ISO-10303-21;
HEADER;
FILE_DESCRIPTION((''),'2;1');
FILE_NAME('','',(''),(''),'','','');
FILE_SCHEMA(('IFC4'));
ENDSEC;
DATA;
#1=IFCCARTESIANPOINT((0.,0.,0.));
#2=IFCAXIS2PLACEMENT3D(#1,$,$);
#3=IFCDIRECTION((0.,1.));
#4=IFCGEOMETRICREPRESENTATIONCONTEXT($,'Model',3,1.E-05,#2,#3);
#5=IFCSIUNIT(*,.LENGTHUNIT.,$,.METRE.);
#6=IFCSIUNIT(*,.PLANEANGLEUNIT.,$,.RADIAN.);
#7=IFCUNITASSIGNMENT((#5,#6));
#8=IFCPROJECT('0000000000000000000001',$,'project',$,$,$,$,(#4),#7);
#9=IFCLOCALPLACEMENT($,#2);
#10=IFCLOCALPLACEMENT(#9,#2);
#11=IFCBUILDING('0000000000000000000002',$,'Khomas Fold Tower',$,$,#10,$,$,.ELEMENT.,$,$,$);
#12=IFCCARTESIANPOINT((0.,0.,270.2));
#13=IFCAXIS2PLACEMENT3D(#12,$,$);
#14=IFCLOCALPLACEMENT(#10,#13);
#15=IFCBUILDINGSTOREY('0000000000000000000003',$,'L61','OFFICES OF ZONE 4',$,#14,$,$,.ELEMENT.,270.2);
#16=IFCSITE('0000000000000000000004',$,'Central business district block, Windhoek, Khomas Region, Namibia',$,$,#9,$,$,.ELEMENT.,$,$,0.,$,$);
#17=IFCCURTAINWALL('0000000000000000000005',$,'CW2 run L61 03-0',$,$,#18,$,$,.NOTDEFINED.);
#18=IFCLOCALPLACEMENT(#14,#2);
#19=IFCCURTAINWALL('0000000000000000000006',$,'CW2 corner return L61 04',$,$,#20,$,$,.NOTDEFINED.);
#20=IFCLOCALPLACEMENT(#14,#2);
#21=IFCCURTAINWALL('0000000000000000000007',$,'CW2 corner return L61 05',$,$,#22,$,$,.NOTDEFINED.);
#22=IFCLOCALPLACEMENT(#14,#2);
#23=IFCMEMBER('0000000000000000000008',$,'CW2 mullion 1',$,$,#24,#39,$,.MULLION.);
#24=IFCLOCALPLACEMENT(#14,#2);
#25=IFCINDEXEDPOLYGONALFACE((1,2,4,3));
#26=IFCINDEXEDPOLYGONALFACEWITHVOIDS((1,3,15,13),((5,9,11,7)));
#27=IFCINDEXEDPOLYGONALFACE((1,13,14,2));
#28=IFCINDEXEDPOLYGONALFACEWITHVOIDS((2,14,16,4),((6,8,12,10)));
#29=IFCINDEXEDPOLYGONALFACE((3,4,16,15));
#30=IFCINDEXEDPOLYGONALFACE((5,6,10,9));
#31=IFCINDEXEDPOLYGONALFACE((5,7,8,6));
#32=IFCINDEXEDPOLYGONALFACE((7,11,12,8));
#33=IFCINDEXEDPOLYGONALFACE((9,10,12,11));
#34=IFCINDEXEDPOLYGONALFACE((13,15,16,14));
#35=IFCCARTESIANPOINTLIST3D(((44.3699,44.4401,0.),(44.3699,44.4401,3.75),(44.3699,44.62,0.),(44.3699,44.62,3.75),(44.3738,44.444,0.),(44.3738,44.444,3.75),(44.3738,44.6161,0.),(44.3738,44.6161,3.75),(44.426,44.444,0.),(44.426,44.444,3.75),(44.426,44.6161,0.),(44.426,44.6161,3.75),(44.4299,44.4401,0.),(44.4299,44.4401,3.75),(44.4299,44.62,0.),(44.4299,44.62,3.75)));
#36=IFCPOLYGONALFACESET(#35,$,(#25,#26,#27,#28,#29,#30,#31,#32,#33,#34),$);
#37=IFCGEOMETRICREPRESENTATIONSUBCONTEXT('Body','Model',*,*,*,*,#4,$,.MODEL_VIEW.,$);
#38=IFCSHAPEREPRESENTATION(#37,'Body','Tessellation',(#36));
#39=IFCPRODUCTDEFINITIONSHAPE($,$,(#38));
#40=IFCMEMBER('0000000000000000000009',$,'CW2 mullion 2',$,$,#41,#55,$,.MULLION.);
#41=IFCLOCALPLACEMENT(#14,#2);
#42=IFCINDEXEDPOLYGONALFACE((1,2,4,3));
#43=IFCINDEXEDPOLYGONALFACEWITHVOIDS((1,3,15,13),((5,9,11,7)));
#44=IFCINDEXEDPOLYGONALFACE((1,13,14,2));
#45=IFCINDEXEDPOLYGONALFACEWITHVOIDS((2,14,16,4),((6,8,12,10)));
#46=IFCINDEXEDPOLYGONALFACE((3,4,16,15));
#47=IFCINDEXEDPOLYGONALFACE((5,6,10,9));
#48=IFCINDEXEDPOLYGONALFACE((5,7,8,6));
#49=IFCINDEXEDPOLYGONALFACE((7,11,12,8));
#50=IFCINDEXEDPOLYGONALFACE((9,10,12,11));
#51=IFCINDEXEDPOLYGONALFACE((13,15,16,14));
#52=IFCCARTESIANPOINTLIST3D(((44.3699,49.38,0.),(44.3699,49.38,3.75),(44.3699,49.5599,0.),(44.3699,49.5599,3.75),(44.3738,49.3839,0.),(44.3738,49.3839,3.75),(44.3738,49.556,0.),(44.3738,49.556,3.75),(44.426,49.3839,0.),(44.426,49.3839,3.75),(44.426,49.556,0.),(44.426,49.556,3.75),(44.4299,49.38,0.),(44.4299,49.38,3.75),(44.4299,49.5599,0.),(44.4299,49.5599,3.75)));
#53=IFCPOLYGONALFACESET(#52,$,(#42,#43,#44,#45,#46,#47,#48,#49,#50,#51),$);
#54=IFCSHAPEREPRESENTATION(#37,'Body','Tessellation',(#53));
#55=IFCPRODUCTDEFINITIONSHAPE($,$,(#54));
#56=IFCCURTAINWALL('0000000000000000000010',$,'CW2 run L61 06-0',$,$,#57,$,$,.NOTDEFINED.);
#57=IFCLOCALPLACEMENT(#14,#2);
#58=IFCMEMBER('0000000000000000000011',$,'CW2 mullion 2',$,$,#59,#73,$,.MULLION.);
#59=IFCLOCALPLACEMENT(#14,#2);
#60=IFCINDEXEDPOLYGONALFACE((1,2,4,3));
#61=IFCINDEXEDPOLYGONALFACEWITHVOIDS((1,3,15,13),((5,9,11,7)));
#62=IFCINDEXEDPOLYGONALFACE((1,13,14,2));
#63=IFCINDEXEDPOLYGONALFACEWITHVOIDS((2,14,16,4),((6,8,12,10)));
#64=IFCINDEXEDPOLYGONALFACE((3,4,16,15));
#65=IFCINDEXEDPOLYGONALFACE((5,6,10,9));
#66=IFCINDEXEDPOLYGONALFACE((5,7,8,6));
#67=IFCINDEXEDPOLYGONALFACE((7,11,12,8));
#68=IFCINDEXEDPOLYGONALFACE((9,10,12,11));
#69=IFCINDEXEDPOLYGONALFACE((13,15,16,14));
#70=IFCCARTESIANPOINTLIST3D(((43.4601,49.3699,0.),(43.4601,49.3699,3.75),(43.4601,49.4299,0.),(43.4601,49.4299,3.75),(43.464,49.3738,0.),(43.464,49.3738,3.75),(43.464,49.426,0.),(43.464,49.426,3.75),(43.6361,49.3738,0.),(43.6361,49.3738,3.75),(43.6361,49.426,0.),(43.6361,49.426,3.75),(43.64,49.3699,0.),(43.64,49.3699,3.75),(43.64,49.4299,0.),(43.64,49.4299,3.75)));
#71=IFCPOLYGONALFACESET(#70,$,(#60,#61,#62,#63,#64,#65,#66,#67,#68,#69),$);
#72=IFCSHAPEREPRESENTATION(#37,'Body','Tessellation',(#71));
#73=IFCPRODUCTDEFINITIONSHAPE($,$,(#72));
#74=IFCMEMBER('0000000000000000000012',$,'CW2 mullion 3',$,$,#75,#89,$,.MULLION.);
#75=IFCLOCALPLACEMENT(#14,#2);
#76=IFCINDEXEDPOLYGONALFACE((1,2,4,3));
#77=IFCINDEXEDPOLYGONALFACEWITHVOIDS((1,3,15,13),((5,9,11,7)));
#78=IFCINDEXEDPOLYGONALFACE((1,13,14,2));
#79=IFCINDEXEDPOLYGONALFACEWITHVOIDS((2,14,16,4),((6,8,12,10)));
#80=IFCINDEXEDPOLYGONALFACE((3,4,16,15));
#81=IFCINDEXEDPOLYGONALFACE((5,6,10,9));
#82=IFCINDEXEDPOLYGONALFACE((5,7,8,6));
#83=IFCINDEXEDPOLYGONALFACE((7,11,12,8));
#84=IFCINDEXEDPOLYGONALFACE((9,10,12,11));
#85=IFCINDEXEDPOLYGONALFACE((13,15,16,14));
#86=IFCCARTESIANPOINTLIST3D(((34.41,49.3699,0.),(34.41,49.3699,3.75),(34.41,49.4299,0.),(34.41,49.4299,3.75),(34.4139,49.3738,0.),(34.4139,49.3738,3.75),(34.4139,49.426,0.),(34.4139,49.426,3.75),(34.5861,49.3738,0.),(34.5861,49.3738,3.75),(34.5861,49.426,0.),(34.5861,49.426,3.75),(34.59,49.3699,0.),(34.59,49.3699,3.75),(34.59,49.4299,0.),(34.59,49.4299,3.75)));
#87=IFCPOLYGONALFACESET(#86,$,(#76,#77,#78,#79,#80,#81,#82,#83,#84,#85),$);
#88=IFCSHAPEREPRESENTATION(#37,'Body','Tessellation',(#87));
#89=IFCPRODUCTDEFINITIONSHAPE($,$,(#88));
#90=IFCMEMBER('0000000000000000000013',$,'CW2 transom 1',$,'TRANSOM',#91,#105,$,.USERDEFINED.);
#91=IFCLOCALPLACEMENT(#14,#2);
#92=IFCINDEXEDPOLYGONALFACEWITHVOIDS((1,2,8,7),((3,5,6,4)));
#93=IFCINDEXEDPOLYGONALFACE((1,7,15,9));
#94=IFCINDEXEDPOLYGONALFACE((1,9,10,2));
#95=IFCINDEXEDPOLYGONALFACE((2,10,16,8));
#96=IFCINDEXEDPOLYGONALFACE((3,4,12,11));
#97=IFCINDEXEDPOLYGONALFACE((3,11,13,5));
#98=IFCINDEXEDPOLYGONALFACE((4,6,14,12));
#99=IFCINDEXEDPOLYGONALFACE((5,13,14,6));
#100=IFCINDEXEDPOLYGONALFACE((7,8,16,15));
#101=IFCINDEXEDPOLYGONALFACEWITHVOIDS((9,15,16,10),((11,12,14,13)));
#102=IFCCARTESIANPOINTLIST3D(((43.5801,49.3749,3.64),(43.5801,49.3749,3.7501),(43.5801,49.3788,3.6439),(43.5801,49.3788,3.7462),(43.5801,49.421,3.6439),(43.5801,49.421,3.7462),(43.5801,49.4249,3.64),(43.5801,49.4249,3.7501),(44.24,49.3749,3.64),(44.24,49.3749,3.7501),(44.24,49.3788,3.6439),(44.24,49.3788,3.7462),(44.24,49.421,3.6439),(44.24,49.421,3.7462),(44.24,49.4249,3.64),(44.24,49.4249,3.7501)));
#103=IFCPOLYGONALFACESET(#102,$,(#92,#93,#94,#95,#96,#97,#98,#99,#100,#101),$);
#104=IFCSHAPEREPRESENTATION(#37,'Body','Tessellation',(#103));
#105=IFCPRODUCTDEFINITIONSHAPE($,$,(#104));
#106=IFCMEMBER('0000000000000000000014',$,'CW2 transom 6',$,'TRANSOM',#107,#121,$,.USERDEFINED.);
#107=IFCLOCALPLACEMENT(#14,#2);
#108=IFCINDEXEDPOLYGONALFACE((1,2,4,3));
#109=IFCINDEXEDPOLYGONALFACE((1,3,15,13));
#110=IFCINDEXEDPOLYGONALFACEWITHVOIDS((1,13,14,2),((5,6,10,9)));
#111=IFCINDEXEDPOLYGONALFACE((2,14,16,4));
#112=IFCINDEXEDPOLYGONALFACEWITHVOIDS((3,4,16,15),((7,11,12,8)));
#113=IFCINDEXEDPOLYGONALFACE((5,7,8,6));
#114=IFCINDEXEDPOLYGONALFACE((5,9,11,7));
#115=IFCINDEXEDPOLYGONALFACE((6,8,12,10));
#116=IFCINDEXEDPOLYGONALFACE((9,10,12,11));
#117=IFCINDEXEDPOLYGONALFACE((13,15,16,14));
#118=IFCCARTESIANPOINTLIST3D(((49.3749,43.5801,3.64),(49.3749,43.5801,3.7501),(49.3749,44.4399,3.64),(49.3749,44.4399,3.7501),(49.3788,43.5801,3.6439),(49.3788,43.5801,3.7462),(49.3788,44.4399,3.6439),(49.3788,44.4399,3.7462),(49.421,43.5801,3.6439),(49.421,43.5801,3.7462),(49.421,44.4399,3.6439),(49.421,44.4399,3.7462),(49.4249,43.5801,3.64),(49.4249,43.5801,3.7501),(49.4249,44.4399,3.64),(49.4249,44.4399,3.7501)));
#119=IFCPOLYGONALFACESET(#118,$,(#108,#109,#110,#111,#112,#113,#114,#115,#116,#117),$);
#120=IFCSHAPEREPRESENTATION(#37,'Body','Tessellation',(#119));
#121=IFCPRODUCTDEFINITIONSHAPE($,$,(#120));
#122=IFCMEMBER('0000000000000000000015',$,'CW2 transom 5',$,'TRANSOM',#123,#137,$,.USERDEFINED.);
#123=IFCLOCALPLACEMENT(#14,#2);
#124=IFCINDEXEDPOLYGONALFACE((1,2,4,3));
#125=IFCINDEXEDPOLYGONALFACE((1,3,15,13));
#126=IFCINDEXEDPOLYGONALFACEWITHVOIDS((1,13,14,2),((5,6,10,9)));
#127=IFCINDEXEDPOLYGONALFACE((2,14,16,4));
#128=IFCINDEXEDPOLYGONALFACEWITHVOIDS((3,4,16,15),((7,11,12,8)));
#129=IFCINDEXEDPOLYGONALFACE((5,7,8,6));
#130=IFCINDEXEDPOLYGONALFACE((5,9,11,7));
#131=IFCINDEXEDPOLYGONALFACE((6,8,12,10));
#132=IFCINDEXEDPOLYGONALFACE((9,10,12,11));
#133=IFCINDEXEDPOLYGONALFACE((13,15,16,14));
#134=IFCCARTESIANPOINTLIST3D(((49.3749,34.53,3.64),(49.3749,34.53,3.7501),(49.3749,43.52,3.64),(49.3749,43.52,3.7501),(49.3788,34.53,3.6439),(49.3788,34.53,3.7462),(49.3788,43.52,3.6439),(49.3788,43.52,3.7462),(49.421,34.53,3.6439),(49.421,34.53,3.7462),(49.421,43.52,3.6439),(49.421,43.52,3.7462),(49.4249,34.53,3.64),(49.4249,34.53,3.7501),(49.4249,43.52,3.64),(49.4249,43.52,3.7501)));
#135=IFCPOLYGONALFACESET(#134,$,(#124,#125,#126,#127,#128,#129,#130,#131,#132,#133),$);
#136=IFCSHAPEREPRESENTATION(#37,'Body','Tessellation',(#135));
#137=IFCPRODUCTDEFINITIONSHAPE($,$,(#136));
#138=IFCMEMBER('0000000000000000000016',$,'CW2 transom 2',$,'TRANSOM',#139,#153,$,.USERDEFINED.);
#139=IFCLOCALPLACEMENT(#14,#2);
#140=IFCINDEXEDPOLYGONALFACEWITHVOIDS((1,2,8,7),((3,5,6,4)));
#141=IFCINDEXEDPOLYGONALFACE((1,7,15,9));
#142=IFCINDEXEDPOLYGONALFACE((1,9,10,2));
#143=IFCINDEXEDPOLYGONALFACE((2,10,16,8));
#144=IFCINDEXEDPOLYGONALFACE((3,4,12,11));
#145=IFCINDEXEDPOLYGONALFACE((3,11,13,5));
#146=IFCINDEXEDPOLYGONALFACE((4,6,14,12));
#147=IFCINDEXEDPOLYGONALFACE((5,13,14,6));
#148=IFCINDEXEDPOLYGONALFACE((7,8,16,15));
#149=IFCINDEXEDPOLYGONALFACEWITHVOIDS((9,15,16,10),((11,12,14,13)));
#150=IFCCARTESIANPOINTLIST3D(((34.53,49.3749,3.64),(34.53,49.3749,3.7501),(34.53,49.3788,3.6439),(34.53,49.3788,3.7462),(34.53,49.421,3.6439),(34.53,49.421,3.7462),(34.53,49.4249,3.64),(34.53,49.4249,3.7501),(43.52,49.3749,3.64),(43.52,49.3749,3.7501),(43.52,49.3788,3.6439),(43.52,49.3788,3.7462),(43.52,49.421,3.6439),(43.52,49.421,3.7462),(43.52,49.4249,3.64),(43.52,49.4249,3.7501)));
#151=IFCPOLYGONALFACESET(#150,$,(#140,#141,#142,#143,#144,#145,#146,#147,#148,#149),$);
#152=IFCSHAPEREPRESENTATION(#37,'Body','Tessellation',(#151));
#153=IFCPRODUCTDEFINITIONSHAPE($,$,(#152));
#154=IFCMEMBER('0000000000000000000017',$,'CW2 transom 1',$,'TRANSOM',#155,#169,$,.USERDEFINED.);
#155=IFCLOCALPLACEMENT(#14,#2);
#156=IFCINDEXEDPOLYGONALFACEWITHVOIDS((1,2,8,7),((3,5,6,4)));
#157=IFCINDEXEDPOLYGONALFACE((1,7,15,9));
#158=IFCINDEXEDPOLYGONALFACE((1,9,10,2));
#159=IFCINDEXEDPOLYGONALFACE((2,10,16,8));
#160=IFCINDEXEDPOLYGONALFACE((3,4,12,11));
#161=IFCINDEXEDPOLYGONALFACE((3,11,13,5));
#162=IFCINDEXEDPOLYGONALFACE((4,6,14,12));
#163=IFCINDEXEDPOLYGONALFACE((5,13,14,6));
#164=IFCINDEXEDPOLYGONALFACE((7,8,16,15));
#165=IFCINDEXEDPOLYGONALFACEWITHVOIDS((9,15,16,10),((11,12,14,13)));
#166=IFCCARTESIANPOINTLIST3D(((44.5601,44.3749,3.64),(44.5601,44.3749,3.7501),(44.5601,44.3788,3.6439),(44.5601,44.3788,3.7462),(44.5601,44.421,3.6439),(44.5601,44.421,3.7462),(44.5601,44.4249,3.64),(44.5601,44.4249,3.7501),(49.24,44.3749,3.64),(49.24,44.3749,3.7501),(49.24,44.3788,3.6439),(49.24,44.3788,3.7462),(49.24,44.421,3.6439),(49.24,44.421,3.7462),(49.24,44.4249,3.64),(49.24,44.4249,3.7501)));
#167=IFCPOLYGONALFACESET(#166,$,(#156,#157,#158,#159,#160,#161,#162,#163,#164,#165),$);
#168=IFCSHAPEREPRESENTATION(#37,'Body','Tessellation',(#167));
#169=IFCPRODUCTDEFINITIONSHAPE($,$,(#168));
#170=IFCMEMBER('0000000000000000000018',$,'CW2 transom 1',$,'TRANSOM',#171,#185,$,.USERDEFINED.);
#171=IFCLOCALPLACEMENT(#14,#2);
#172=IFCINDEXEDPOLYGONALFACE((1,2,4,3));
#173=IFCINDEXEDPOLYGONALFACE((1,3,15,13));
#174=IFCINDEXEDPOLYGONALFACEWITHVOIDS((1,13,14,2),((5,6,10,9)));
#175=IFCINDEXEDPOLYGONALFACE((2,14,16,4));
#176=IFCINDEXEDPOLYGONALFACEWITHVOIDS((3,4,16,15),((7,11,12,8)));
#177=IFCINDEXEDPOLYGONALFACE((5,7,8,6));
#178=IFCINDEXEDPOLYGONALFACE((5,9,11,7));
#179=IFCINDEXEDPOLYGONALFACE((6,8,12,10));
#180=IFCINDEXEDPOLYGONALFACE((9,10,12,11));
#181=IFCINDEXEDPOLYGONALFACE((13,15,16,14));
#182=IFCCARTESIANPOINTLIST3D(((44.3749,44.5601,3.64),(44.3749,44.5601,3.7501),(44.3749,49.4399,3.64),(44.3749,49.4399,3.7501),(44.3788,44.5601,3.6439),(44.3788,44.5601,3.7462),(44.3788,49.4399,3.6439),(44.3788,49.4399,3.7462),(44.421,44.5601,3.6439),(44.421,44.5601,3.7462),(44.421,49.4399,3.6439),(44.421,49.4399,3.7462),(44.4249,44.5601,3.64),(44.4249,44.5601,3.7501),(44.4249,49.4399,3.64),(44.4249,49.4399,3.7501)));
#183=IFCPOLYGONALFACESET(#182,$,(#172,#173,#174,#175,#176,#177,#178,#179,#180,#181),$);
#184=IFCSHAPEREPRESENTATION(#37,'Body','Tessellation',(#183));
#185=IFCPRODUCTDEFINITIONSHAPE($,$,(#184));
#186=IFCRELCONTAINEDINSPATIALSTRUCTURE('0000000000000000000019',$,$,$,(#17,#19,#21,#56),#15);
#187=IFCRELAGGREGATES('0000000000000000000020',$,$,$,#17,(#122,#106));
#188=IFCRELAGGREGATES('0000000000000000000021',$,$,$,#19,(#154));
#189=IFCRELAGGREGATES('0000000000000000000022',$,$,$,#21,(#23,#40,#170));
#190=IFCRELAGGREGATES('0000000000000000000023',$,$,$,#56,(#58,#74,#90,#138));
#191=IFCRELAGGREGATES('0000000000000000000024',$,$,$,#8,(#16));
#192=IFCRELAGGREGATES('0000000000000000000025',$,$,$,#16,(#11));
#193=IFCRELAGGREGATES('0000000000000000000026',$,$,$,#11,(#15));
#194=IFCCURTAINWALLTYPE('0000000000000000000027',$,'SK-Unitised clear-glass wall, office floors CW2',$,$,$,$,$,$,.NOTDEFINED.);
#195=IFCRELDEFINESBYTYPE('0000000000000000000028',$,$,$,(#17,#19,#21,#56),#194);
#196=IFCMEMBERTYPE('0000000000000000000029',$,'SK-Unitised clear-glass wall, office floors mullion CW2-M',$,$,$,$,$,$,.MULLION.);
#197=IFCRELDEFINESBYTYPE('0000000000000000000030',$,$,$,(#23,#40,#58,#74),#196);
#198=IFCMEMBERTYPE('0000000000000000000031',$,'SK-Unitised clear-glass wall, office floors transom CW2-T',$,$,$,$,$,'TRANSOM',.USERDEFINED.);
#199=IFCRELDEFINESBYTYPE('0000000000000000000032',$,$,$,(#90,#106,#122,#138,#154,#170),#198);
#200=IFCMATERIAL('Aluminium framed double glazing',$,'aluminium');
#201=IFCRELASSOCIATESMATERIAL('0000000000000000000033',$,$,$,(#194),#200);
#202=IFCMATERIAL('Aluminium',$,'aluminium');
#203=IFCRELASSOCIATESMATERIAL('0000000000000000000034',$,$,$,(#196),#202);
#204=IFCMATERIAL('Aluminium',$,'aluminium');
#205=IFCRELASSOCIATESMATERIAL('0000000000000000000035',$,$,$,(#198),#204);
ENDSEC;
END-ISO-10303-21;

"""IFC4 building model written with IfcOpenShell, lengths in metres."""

from ifc_helpers import new_model, si_unit, direction, frame, origin, origin_2d, place, context, subcontext, project, spatial, hollow_rectangle, extrude, source, transform, mapped, material, material_profile, profile_set, type_object, element, aggregate, save


model = new_model("IFC4")

# Units and contexts
model_context = context("Model", 3, precision=1e-05, world=origin(), true_north=direction((0.0, 1.0)))
body_context = subcontext(model_context, "Body", "Model", "MODEL_VIEW")
ifc_project = project(units=[si_unit("LENGTHUNIT", "METRE"), si_unit("PLANEANGLEUNIT", "RADIAN")], contexts=[model_context])

# Site, building, storey
site_placement = place(None, origin())
site = spatial("IfcSite", under=ifc_project, at=site_placement, Name="Central business district block, Windhoek, Khomas Region, Namibia", CompositionType="ELEMENT", RefElevation=0.0)
building_placement = place(site_placement, origin())
building = spatial("IfcBuilding", under=site, at=building_placement, Name="Khomas Fold Tower", CompositionType="ELEMENT")
storey_placement = place(building_placement, frame((0.0, 0.0, 270.2)))
storey = spatial("IfcBuildingStorey", under=building, at=storey_placement, Name="L61", Description="OFFICES OF ZONE 4", CompositionType="ELEMENT", Elevation=270.2)

# Curtain walls, members
ifc_material_1 = material(Name="Aluminium framed double glazing", Category="aluminium")
curtain_wall_type = type_object("IfcCurtainWallType", Name="SK-Unitised clear-glass wall, office floors CW2", PredefinedType="NOTDEFINED", material=ifc_material_1)
curtain_wall_1_placement = place(storey_placement, origin())
curtain_wall_1 = element("IfcCurtainWall", 1, at=curtain_wall_1_placement, inside=storey, type_object=curtain_wall_type, Name="CW2 run L61 03-0", PredefinedType="NOTDEFINED")
ifc_material_2 = material(Name="Aluminium", Category="aluminium")
ifc_material_profile_1 = material_profile(ifc_material_2, hollow_rectangle(XDim=0.0601, YDim=0.1799, WallThickness=0.0039, at=origin_2d()), Name="SK-Unitised clear-glass wall, office floors mullion CW2-M")
ifc_profile_set_1 = profile_set([ifc_material_profile_1], Name="Aluminium")
member_type_1 = type_object("IfcMemberType", Name="SK-Unitised clear-glass wall, office floors mullion CW2-M", PredefinedType="MULLION", material=ifc_profile_set_1)
shared_shape_1 = source(origin(), body_context, "Body", "SweptSolid", [
    extrude(hollow_rectangle(XDim=0.0601, YDim=0.1799, WallThickness=0.0039, at=origin_2d()), origin(), (0.0, 0.0, 1.0), 3.75),
])
curtain_wall_2_placement = place(storey_placement, origin())
curtain_wall_2 = element("IfcCurtainWall", 2, at=curtain_wall_2_placement, inside=storey, type_object=curtain_wall_type, Name="CW2 corner return L61 04", PredefinedType="NOTDEFINED")
curtain_wall_3_placement = place(storey_placement, origin())
curtain_wall_3 = element("IfcCurtainWall", 3, at=curtain_wall_3_placement, inside=storey, type_object=curtain_wall_type, Name="CW2 corner return L61 05", PredefinedType="NOTDEFINED")
member_1_placement = place(storey_placement, frame((44.3999, 44.53, 0.0), z_axis=(0.0, 0.0, 1.0), x_axis=(-1.0, 0.0, 0.0)))
member_1 = element("IfcMember", 4, at=member_1_placement, type_object=member_type_1, Name="CW2 mullion 1", PredefinedType="MULLION", context=body_context, shape_type="MappedRepresentation", body=[
    mapped(shared_shape_1, transform((0.0, 0.0, 0.0))),
])
member_2_placement = place(storey_placement, frame((44.3999, 49.47, 0.0), z_axis=(0.0, 0.0, 1.0), x_axis=(-1.0, 0.0, 0.0)))
member_2 = element("IfcMember", 5, at=member_2_placement, type_object=member_type_1, Name="CW2 mullion 2", PredefinedType="MULLION", context=body_context, shape_type="MappedRepresentation", body=[
    mapped(shared_shape_1, transform((0.0, 0.0, 0.0))),
])
curtain_wall_4_placement = place(storey_placement, origin())
curtain_wall_4 = element("IfcCurtainWall", 6, at=curtain_wall_4_placement, inside=storey, type_object=curtain_wall_type, Name="CW2 run L61 06-0", PredefinedType="NOTDEFINED")
member_3_placement = place(storey_placement, frame((43.55, 49.3999, 0.0), z_axis=(0.0, 0.0, 1.0), x_axis=(0.0, -1.0, 0.0)))
member_3 = element("IfcMember", 7, at=member_3_placement, type_object=member_type_1, Name="CW2 mullion 2", PredefinedType="MULLION", context=body_context, shape_type="MappedRepresentation", body=[
    mapped(shared_shape_1, transform((0.0, 0.0, 0.0))),
])
member_4_placement = place(storey_placement, frame((34.5, 49.3999, 0.0), z_axis=(0.0, 0.0, 1.0), x_axis=(0.0, -1.0, 0.0)))
member_4 = element("IfcMember", 8, at=member_4_placement, type_object=member_type_1, Name="CW2 mullion 3", PredefinedType="MULLION", context=body_context, shape_type="MappedRepresentation", body=[
    mapped(shared_shape_1, transform((0.0, 0.0, 0.0))),
])
ifc_material_3 = material(Name="Aluminium", Category="aluminium")
ifc_material_profile_2 = material_profile(ifc_material_3, hollow_rectangle(XDim=0.05, YDim=0.1101, WallThickness=0.0039, at=origin_2d()), Name="SK-Unitised clear-glass wall, office floors transom CW2-T")
ifc_profile_set_2 = profile_set([ifc_material_profile_2], Name="Aluminium")
member_type_2 = type_object("IfcMemberType", Name="SK-Unitised clear-glass wall, office floors transom CW2-T", ElementType="TRANSOM", PredefinedType="USERDEFINED", material=ifc_profile_set_2)
shared_shape_2 = source(origin(), body_context, "Body", "SweptSolid", [
    extrude(hollow_rectangle(XDim=0.05, YDim=0.1101, WallThickness=0.0039, at=origin_2d()), origin(), (0.0, 0.0, 1.0), 0.6599),
])
member_5_placement = place(storey_placement, frame((44.24, 49.3999, 3.6951), z_axis=(-1.0, 0.0, 0.0), x_axis=(0.0, -1.0, 0.0)))
member_5 = element("IfcMember", 9, at=member_5_placement, type_object=member_type_2, Name="CW2 transom 1", ObjectType="TRANSOM", PredefinedType="USERDEFINED", context=body_context, shape_type="MappedRepresentation", body=[
    mapped(shared_shape_2, transform((0.0, 0.0, 0.0))),
])

# Members
shared_shape_3 = source(origin(), body_context, "Body", "SweptSolid", [
    extrude(hollow_rectangle(XDim=0.05, YDim=0.1101, WallThickness=0.0039, at=origin_2d()), origin(), (0.0, 0.0, 1.0), 0.8599),
])
member_6_placement = place(storey_placement, frame((49.3999, 43.5801, 3.6951), z_axis=(0.0, 1.0, 0.0), x_axis=(-1.0, 0.0, 0.0)))
member_6 = element("IfcMember", 10, at=member_6_placement, type_object=member_type_2, Name="CW2 transom 6", ObjectType="TRANSOM", PredefinedType="USERDEFINED", context=body_context, shape_type="MappedRepresentation", body=[
    mapped(shared_shape_3, transform((0.0, 0.0, 0.0))),
])
shared_shape_4 = source(origin(), body_context, "Body", "SweptSolid", [
    extrude(hollow_rectangle(XDim=0.05, YDim=0.1101, WallThickness=0.0039, at=origin_2d()), origin(), (0.0, 0.0, 1.0), 8.99),
])
member_7_placement = place(storey_placement, frame((49.3999, 34.53, 3.6951), z_axis=(0.0, 1.0, 0.0), x_axis=(-1.0, 0.0, 0.0)))
member_7 = element("IfcMember", 11, at=member_7_placement, type_object=member_type_2, Name="CW2 transom 5", ObjectType="TRANSOM", PredefinedType="USERDEFINED", context=body_context, shape_type="MappedRepresentation", body=[
    mapped(shared_shape_4, transform((0.0, 0.0, 0.0))),
])
member_8_placement = place(storey_placement, frame((43.52, 49.3999, 3.6951), z_axis=(-1.0, 0.0, 0.0), x_axis=(0.0, -1.0, 0.0)))
member_8 = element("IfcMember", 12, at=member_8_placement, type_object=member_type_2, Name="CW2 transom 2", ObjectType="TRANSOM", PredefinedType="USERDEFINED", context=body_context, shape_type="MappedRepresentation", body=[
    mapped(shared_shape_4, transform((0.0, 0.0, 0.0))),
])
shared_shape_5 = source(origin(), body_context, "Body", "SweptSolid", [
    extrude(hollow_rectangle(XDim=0.05, YDim=0.1101, WallThickness=0.0039, at=origin_2d()), origin(), (0.0, 0.0, 1.0), 4.6799),
])
member_9_placement = place(storey_placement, frame((49.24, 44.3999, 3.6951), z_axis=(-1.0, 0.0, 0.0), x_axis=(0.0, -1.0, 0.0)))
member_9 = element("IfcMember", 13, at=member_9_placement, type_object=member_type_2, Name="CW2 transom 1", ObjectType="TRANSOM", PredefinedType="USERDEFINED", context=body_context, shape_type="MappedRepresentation", body=[
    mapped(shared_shape_5, transform((0.0, 0.0, 0.0))),
])
shared_shape_6 = source(origin(), body_context, "Body", "SweptSolid", [
    extrude(hollow_rectangle(XDim=0.05, YDim=0.1101, WallThickness=0.0039, at=origin_2d()), origin(), (0.0, 0.0, 1.0), 4.8799),
])
member_10_placement = place(storey_placement, frame((44.3999, 44.5601, 3.6951), z_axis=(0.0, 1.0, 0.0), x_axis=(-1.0, 0.0, 0.0)))
member_10 = element("IfcMember", 14, at=member_10_placement, type_object=member_type_2, Name="CW2 transom 1", ObjectType="TRANSOM", PredefinedType="USERDEFINED", context=body_context, shape_type="MappedRepresentation", body=[
    mapped(shared_shape_6, transform((0.0, 0.0, 0.0))),
])

aggregate(curtain_wall_1, [member_7, member_6])
aggregate(curtain_wall_2, [member_9])
aggregate(curtain_wall_3, [member_1, member_2, member_10])
aggregate(curtain_wall_4, [member_3, member_4, member_5, member_8])

save(model, "model.ifc")
